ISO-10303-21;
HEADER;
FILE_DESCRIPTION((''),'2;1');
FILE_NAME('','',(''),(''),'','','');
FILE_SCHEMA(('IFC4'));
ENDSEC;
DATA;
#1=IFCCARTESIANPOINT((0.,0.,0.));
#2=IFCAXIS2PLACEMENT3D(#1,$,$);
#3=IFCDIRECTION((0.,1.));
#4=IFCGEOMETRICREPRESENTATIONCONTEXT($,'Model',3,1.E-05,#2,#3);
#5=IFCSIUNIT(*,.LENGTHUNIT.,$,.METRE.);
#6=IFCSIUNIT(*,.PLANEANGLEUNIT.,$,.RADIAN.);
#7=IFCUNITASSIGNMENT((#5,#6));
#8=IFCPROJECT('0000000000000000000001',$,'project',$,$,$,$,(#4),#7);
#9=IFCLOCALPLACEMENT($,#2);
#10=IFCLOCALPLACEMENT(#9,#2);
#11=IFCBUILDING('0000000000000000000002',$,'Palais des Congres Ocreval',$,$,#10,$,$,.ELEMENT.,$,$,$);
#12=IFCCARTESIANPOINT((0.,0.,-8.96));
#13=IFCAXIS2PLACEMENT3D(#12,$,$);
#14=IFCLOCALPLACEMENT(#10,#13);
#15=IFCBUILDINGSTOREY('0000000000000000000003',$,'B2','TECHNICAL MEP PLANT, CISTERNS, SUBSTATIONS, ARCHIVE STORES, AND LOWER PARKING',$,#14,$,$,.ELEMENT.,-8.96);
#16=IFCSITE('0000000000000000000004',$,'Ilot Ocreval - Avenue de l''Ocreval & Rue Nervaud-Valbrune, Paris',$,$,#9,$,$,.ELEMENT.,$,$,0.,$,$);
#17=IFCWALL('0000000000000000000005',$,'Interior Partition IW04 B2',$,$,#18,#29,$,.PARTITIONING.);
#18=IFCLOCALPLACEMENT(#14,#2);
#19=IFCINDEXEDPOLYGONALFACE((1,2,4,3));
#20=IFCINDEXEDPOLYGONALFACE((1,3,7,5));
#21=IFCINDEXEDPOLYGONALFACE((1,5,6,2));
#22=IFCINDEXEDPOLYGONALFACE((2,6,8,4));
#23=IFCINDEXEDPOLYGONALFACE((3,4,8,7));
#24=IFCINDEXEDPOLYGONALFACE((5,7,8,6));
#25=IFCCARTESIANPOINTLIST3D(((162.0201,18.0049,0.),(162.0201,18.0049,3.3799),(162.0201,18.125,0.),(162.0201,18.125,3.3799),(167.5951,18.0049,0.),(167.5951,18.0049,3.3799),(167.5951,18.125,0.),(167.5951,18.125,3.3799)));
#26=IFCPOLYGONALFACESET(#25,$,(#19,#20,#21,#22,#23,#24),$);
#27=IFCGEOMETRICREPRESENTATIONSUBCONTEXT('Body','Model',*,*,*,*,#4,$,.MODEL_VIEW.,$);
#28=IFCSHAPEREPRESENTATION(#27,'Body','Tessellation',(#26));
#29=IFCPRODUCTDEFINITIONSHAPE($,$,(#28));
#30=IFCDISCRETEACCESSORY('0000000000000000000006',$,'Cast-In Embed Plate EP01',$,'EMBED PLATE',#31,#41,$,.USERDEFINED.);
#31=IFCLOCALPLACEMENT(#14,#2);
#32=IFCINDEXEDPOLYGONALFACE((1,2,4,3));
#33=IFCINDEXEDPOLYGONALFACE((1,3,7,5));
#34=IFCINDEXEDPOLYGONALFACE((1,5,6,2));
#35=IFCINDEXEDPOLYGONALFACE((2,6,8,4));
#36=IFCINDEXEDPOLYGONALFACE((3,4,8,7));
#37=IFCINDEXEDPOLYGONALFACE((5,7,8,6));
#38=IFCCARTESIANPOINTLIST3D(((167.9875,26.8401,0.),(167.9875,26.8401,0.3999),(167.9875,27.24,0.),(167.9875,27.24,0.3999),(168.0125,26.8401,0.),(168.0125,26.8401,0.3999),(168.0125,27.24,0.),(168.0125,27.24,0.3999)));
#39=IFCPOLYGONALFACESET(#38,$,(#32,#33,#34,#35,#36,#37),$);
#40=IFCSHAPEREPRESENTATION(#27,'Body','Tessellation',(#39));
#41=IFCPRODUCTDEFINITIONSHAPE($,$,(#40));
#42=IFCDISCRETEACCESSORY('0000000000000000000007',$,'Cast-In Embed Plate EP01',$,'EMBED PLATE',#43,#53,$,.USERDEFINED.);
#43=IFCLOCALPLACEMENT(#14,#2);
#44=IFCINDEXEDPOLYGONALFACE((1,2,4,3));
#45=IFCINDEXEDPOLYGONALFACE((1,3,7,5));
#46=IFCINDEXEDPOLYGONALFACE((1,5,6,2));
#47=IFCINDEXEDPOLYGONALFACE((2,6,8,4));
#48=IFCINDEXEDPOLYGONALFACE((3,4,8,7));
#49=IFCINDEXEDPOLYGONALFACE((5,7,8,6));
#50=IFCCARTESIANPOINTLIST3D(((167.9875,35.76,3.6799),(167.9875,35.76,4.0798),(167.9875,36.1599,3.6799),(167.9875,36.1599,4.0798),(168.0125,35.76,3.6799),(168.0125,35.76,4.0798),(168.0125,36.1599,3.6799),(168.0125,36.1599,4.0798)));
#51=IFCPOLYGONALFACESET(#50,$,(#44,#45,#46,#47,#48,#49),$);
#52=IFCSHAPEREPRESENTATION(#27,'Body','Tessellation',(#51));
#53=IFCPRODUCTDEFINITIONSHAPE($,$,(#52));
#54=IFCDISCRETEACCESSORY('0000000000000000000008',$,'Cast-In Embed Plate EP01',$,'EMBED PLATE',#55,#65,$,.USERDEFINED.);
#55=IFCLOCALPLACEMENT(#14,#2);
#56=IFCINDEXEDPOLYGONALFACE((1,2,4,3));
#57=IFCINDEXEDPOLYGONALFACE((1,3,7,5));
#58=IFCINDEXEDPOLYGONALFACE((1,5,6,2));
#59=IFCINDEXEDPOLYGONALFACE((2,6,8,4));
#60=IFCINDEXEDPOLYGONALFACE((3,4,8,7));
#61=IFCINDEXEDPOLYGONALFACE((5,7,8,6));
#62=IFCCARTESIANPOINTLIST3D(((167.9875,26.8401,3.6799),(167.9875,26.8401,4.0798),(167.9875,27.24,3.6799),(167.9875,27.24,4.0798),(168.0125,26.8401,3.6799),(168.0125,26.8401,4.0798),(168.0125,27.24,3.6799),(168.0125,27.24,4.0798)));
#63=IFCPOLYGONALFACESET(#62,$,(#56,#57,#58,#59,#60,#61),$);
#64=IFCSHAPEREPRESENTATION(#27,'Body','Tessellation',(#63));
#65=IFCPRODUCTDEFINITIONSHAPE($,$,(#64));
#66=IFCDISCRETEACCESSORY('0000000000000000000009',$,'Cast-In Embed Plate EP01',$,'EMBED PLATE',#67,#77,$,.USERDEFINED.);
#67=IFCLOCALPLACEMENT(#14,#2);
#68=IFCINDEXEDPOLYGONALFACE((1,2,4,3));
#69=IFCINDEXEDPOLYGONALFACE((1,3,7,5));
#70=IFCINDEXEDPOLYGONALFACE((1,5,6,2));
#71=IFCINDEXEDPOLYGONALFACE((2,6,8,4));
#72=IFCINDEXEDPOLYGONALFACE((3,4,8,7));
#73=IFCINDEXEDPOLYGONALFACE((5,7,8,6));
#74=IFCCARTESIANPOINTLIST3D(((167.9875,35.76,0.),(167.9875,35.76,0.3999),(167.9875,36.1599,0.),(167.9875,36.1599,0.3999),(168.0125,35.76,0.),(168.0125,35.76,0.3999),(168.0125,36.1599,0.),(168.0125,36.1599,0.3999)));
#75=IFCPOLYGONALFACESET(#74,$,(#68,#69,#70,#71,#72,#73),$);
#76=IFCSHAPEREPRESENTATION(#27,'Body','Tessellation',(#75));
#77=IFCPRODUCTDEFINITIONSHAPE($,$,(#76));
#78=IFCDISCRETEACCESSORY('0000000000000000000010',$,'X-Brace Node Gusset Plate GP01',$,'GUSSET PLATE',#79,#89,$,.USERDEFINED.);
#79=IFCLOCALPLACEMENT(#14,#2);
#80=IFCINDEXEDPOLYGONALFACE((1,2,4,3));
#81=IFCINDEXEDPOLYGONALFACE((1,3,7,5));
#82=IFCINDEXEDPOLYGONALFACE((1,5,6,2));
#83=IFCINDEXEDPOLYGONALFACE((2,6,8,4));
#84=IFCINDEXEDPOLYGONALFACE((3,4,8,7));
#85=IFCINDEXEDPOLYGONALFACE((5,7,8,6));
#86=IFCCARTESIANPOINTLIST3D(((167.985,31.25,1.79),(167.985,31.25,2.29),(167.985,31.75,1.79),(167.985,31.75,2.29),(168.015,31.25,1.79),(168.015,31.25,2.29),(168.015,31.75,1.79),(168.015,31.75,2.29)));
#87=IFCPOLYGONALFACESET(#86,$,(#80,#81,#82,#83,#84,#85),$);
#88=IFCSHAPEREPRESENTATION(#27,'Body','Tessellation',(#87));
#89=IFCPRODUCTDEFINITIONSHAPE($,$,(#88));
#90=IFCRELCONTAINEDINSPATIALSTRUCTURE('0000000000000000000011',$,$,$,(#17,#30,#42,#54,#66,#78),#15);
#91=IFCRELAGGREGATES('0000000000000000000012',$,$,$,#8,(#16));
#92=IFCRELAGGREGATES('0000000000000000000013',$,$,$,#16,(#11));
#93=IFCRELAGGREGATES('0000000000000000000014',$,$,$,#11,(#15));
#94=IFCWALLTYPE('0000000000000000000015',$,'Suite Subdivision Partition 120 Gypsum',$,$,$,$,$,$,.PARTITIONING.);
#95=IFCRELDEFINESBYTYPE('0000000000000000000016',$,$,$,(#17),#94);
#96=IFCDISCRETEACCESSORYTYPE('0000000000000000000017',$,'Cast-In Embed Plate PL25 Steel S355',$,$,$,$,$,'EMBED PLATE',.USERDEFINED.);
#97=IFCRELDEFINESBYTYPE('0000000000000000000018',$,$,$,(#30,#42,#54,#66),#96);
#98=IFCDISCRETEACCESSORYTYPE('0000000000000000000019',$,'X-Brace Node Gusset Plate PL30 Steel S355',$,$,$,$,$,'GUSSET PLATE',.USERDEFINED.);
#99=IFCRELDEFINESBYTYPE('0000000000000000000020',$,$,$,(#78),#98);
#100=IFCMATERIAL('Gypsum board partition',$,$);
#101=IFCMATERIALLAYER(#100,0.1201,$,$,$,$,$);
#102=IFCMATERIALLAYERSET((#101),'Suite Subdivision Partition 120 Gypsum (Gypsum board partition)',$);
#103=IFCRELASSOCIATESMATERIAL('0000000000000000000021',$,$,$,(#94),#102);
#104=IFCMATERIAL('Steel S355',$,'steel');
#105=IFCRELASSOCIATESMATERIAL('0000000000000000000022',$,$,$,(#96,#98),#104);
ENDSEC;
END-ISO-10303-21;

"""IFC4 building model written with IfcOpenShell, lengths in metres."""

from ifc_helpers import new_model, si_unit, direction, frame, frame_2d, origin, origin_2d, place, context, subcontext, project, spatial, rectangle, extrude, material, layer, layer_set, type_object, element, save


model = new_model("IFC4")

# Units and contexts
model_context = context("Model", 3, precision=1e-05, world=origin(), true_north=direction((0.0, 1.0)))
body_context = subcontext(model_context, "Body", "Model", "MODEL_VIEW")
ifc_project = project(units=[si_unit("LENGTHUNIT", "METRE"), si_unit("PLANEANGLEUNIT", "RADIAN")], contexts=[model_context])

# Site, building, storey
site_placement = place(None, origin())
site = spatial("IfcSite", under=ifc_project, at=site_placement, Name="Ilot Ocreval - Avenue de l'Ocreval & Rue Nervaud-Valbrune, Paris", CompositionType="ELEMENT", RefElevation=0.0)
building_placement = place(site_placement, origin())
building = spatial("IfcBuilding", under=site, at=building_placement, Name="Palais des Congres Ocreval", CompositionType="ELEMENT")
storey_placement = place(building_placement, frame((0.0, 0.0, -8.96)))
storey = spatial("IfcBuildingStorey", under=building, at=storey_placement, Name="B2", Description="TECHNICAL MEP PLANT, CISTERNS, SUBSTATIONS, ARCHIVE STORES, AND LOWER PARKING", CompositionType="ELEMENT", Elevation=-8.96)

# Shared definitions
ifc_material_1 = material(Name="Steel S355", Category="steel")

# Wall
ifc_material_2 = material(Name="Gypsum board partition")
ifc_layer_1 = layer(ifc_material_2, 0.1201)
ifc_layer_set_1 = layer_set([ifc_layer_1], Name="Suite Subdivision Partition 120 Gypsum (Gypsum board partition)")
wall_type_1 = type_object("IfcWallType", Name="Suite Subdivision Partition 120 Gypsum", PredefinedType="PARTITIONING", material=ifc_layer_set_1)
wall_1_placement = place(storey_placement, frame((162.02, 18.0649, 0.0), z_axis=(0.0, 0.0, 1.0), x_axis=(1.0, 0.0, 0.0)))
element("IfcWall", 1, at=wall_1_placement, inside=storey, type_object=wall_type_1, Name="Interior Partition IW04 B2", PredefinedType="PARTITIONING", context=body_context, shape_type="SweptSolid", body=[
    extrude(rectangle(XDim=5.575, YDim=0.1201, at=frame_2d((2.7876, 0.0))), origin(), (0.0, 0.0, 1.0), 3.3799),
])

# Discrete accessories
discrete_accessory_type_1 = type_object("IfcDiscreteAccessoryType", Name="Cast-In Embed Plate PL25 Steel S355", ElementType="EMBED PLATE", PredefinedType="USERDEFINED", material=ifc_material_1)
for number, where, z_axis, x_axis, name in (
    (2, (168.0, 27.04, 0.0), (0.0, 0.0, 1.0), (0.0, -1.0, 0.0), "Cast-In Embed Plate EP01"),
    (3, (168.0, 35.96, 3.6799), (0.0, 0.0, 1.0), (0.0, -1.0, 0.0), "Cast-In Embed Plate EP01"),
    (4, (168.0, 27.04, 3.6799), (0.0, 0.0, 1.0), (0.0, -1.0, 0.0), "Cast-In Embed Plate EP01"),
    (5, (168.0, 35.96, 0.0), (0.0, 0.0, 1.0), (0.0, -1.0, 0.0), "Cast-In Embed Plate EP01"),
):
    element("IfcDiscreteAccessory", number, at=place(storey_placement, frame(where, z_axis=z_axis, x_axis=x_axis)), inside=storey, type_object=discrete_accessory_type_1, Name=name, ObjectType="EMBED PLATE", PredefinedType="USERDEFINED", context=body_context, shape_type="SweptSolid", body=[
        extrude(rectangle(XDim=0.3999, YDim=0.0249, at=origin_2d()), origin(), (0.0, 0.0, 1.0), 0.3999),
    ])
discrete_accessory_type_2 = type_object("IfcDiscreteAccessoryType", Name="X-Brace Node Gusset Plate PL30 Steel S355", ElementType="GUSSET PLATE", PredefinedType="USERDEFINED", material=ifc_material_1)
discrete_accessory_placement = place(storey_placement, frame((168.0, 31.5, 1.79), z_axis=(0.0, 0.0, 1.0), x_axis=(0.0, 1.0, 0.0)))
element("IfcDiscreteAccessory", 6, at=discrete_accessory_placement, inside=storey, type_object=discrete_accessory_type_2, Name="X-Brace Node Gusset Plate GP01", ObjectType="GUSSET PLATE", PredefinedType="USERDEFINED", context=body_context, shape_type="SweptSolid", body=[
    extrude(rectangle(XDim=0.5, YDim=0.03, at=origin_2d()), origin(), (0.0, 0.0, 1.0), 0.5),
])

save(model, "model.ifc")
